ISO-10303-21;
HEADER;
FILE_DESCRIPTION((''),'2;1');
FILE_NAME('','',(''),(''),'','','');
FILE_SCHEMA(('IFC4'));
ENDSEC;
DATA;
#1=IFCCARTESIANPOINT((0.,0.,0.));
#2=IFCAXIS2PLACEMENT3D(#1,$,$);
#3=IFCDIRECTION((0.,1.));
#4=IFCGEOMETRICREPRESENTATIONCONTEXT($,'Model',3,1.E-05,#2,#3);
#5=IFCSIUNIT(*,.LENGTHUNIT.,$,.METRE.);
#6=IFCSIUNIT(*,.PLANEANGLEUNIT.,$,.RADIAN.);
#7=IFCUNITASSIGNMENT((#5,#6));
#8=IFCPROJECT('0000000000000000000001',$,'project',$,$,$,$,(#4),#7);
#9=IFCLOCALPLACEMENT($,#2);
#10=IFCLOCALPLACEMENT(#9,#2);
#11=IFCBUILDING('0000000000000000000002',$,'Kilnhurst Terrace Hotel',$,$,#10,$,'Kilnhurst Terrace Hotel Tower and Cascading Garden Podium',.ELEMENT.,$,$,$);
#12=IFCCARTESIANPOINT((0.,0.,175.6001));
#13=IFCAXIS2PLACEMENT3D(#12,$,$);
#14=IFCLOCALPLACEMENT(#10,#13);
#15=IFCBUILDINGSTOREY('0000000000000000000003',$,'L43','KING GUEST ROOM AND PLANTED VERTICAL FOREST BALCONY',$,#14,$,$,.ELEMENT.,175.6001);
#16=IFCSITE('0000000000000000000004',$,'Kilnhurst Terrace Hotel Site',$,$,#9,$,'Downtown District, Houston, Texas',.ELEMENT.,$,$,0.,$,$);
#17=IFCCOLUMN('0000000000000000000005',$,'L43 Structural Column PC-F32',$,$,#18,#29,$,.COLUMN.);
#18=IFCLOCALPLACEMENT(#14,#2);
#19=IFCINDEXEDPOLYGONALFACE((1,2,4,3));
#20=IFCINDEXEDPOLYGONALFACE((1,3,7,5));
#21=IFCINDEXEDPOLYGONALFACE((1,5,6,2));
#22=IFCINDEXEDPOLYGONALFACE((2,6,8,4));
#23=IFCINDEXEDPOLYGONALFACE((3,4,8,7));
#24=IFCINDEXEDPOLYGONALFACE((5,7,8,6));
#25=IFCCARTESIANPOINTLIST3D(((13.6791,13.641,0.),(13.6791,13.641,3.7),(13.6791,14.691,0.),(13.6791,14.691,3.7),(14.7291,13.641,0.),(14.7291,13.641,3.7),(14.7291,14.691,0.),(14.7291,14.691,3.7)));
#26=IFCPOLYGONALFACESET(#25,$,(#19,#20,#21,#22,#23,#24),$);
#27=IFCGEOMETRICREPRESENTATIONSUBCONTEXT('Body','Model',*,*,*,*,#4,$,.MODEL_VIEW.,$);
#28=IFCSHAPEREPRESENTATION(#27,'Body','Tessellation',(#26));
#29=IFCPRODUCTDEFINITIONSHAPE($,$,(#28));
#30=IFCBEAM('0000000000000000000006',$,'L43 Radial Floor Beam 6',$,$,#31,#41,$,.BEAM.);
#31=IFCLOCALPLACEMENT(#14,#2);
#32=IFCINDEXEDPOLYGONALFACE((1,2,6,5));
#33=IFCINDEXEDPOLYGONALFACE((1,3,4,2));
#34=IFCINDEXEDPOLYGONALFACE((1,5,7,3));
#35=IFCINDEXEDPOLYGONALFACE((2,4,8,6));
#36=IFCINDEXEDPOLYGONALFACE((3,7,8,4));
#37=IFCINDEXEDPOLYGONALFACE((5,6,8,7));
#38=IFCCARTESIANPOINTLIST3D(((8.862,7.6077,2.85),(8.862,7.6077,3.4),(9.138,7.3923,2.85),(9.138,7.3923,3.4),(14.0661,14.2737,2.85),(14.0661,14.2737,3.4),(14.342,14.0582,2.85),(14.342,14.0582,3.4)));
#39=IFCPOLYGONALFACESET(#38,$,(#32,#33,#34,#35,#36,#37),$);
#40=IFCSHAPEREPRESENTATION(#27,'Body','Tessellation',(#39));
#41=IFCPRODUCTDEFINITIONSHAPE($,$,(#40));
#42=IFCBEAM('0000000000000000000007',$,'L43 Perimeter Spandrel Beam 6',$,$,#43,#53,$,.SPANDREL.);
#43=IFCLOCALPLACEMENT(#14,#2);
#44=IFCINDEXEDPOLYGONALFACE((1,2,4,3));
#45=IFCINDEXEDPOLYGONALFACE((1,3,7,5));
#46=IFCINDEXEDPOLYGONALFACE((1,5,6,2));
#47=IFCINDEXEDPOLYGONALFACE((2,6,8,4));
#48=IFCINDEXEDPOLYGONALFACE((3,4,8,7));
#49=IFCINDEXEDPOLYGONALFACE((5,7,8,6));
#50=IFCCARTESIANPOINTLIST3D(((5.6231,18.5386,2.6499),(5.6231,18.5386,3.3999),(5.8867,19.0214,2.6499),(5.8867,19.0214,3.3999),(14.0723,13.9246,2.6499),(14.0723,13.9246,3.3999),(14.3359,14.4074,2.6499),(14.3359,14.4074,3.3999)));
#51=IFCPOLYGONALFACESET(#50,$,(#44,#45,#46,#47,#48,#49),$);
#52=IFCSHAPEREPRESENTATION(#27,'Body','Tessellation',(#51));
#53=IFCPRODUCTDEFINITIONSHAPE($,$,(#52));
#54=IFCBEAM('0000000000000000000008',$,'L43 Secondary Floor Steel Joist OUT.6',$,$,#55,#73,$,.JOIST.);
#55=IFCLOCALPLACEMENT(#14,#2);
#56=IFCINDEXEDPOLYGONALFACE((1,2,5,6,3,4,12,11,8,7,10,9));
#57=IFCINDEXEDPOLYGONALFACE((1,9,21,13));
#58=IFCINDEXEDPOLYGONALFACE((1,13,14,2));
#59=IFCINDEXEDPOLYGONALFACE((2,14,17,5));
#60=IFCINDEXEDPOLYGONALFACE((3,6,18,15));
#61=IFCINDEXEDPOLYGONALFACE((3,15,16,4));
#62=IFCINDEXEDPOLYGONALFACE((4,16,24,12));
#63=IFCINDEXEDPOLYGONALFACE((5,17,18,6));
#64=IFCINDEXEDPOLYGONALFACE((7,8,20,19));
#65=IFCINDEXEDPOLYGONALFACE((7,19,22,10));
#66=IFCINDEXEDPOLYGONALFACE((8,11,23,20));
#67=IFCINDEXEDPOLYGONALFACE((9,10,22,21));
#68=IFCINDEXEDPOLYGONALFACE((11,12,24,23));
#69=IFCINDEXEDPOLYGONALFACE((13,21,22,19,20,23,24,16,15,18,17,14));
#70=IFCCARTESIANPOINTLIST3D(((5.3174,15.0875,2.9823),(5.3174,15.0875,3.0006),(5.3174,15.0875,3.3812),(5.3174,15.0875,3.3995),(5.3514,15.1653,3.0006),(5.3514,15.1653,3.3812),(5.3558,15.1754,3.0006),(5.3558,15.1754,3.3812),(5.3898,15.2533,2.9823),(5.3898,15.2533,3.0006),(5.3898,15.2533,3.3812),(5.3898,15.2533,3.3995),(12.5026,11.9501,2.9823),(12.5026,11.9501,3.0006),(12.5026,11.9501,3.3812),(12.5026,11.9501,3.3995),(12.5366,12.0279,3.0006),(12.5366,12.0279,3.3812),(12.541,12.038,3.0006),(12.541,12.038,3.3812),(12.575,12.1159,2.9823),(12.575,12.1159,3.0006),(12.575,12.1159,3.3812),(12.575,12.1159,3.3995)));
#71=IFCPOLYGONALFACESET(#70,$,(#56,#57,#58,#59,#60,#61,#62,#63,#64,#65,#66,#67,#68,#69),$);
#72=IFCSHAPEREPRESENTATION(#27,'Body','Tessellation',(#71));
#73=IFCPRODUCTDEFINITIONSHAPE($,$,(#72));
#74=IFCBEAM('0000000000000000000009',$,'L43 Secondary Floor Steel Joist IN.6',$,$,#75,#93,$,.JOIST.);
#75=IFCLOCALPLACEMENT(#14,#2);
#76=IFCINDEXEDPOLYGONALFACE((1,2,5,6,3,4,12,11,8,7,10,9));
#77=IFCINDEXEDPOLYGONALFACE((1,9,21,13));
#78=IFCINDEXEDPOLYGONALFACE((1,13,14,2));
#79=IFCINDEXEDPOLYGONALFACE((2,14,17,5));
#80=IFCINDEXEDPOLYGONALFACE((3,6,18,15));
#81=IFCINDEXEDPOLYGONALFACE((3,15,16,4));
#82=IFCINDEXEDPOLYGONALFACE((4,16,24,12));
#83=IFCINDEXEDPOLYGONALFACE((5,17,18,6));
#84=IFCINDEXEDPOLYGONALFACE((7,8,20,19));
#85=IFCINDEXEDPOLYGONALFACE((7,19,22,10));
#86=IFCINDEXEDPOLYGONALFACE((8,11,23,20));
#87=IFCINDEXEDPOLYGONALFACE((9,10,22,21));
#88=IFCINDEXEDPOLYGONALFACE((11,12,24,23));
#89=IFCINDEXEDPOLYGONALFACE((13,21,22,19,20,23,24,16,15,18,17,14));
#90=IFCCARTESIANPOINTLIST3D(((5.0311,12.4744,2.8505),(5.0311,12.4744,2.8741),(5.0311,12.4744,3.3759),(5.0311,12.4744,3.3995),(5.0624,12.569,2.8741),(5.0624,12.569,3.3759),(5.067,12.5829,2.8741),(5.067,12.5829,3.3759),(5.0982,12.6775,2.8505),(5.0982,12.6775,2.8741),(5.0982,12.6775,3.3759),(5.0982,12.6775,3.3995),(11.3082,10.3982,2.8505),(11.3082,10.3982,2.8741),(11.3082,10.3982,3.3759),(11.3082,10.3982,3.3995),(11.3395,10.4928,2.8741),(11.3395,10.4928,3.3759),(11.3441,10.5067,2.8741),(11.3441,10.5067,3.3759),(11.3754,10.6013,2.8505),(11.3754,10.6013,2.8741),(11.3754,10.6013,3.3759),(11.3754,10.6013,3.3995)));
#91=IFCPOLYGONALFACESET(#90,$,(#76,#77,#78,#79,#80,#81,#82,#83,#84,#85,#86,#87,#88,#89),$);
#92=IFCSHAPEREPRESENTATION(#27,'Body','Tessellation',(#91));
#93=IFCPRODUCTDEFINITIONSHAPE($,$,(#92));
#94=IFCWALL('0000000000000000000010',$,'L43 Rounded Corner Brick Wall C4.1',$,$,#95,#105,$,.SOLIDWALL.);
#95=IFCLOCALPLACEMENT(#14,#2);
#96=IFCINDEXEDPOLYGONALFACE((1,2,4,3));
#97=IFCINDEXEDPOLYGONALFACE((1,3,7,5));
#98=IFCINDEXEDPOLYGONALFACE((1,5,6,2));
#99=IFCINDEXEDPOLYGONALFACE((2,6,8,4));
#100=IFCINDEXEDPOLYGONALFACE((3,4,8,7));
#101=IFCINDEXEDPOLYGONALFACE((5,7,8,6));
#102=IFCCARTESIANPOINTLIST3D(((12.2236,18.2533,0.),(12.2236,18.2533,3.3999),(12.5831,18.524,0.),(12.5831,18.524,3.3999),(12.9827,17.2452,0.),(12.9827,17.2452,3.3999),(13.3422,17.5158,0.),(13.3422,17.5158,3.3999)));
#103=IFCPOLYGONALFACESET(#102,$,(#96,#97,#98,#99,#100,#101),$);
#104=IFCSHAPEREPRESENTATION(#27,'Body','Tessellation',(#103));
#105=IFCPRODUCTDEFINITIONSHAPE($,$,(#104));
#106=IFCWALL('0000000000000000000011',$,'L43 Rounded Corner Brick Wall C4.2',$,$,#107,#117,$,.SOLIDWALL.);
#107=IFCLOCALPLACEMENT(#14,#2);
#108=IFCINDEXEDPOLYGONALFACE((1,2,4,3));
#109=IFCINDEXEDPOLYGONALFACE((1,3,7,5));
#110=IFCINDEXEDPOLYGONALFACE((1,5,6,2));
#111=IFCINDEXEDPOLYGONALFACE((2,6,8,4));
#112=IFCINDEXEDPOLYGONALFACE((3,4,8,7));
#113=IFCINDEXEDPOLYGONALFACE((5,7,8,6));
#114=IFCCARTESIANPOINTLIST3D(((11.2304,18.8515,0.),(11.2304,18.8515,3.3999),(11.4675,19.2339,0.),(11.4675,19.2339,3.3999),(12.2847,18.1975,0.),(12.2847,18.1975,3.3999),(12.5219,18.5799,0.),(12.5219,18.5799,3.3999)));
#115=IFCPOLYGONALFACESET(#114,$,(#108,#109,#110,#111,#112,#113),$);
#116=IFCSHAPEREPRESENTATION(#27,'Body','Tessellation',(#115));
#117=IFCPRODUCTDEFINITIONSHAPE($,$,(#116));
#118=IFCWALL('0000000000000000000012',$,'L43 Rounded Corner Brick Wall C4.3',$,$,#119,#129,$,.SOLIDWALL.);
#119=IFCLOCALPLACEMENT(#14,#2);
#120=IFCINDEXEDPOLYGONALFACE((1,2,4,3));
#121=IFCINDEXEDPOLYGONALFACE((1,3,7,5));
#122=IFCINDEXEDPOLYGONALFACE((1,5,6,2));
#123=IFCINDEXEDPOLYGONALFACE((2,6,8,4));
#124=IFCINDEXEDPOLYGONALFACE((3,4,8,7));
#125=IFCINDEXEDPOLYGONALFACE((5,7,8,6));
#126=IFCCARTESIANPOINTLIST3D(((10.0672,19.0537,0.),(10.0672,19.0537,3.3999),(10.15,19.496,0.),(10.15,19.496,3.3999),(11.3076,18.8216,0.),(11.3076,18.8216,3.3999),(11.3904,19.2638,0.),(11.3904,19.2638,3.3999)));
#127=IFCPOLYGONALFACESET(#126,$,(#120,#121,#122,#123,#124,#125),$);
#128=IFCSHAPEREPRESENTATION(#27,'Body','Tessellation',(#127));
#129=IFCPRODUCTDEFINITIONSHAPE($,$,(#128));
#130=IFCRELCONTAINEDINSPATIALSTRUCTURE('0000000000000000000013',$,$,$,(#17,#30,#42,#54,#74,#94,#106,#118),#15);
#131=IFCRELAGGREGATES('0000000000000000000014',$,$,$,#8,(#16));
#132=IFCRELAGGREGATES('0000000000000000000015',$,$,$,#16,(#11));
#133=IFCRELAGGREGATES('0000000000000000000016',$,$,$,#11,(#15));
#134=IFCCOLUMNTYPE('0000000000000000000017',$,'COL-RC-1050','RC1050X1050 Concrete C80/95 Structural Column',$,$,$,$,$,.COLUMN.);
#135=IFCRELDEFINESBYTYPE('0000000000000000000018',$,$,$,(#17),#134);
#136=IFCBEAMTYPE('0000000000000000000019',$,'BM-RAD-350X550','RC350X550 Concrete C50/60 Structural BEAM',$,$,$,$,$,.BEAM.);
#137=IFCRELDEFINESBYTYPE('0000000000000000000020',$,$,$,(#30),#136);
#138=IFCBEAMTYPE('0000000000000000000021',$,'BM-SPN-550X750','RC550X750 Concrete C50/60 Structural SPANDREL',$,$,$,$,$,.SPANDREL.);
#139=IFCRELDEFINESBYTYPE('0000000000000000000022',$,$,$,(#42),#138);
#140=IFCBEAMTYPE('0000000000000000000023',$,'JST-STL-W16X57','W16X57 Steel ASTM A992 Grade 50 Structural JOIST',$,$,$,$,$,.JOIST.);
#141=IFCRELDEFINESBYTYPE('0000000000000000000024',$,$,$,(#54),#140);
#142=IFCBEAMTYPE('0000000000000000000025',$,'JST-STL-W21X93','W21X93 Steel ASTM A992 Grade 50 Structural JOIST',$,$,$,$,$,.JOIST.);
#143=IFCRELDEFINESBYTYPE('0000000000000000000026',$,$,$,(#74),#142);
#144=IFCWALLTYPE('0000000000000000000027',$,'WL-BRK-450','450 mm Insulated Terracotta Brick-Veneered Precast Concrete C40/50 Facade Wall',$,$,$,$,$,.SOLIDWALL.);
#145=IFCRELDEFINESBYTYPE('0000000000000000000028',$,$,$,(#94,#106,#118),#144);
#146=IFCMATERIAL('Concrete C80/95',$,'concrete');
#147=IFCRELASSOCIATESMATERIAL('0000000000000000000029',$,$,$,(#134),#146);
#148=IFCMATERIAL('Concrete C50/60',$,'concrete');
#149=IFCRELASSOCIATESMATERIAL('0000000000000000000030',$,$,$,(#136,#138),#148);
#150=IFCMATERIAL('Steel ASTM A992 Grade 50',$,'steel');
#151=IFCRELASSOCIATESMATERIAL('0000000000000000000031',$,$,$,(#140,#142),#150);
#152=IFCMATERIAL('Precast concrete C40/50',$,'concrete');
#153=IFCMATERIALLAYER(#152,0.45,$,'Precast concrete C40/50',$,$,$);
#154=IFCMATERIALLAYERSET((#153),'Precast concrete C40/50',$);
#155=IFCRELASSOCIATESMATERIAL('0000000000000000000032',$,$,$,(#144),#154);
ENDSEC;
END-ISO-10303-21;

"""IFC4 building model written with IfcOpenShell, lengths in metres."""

from ifc_helpers import new_model, si_unit, direction, frame, frame_2d, origin, origin_2d, place, context, subcontext, project, spatial, rectangle, i_section, extrude, material, layer, layer_set, material_profile, profile_set, type_object, element, save


model = new_model("IFC4")

# Units and contexts
model_context = context("Model", 3, precision=1e-05, world=origin(), true_north=direction((0.0, 1.0)))
body_context = subcontext(model_context, "Body", "Model", "MODEL_VIEW")
ifc_project = project(units=[si_unit("LENGTHUNIT", "METRE"), si_unit("PLANEANGLEUNIT", "RADIAN")], contexts=[model_context])

# Site, building, storey
site_placement = place(None, origin())
site = spatial("IfcSite", under=ifc_project, at=site_placement, Name="Kilnhurst Terrace Hotel Site", LongName="Downtown District, Houston, Texas", CompositionType="ELEMENT", RefElevation=0.0)
building_placement = place(site_placement, origin())
building = spatial("IfcBuilding", under=site, at=building_placement, Name="Kilnhurst Terrace Hotel", LongName="Kilnhurst Terrace Hotel Tower and Cascading Garden Podium", CompositionType="ELEMENT")
storey_placement = place(building_placement, frame((0.0, 0.0, 175.6001)))
storey = spatial("IfcBuildingStorey", under=building, at=storey_placement, Name="L43", Description="KING GUEST ROOM AND PLANTED VERTICAL FOREST BALCONY", CompositionType="ELEMENT", Elevation=175.6001)

# Column
ifc_material_1 = material(Name="Concrete C80/95", Category="concrete")
ifc_material_profile_1 = material_profile(ifc_material_1, rectangle(XDim=1.05, YDim=1.05, at=origin_2d()), Name="RC1050X1050")
ifc_profile_set_1 = profile_set([ifc_material_profile_1], Name="Concrete C80/95")
column_type = type_object("IfcColumnType", Name="COL-RC-1050", Description="RC1050X1050 Concrete C80/95 Structural Column", PredefinedType="COLUMN", material=ifc_profile_set_1)
column_placement = place(storey_placement, frame((14.2041, 14.166, 0.0), z_axis=(0.0, 0.0, 1.0), x_axis=(1.0, 0.0, 0.0)))
element("IfcColumn", 1, at=column_placement, inside=storey, type_object=column_type, Name="L43 Structural Column PC-F32", PredefinedType="COLUMN", context=body_context, shape_type="SweptSolid", body=[
    extrude(rectangle(XDim=1.05, YDim=1.05, at=origin_2d()), origin(), (0.0, 0.0, 1.0), 3.7),
])

# Beams
ifc_material_2 = material(Name="Concrete C50/60", Category="concrete")
ifc_material_profile_2 = material_profile(ifc_material_2, rectangle(XDim=0.3501, YDim=0.55, at=origin_2d()), Name="RC350X550")
ifc_profile_set_2 = profile_set([ifc_material_profile_2], Name="Concrete C50/60")
beam_type_1 = type_object("IfcBeamType", Name="BM-RAD-350X550", Description="RC350X550 Concrete C50/60 Structural BEAM", PredefinedType="BEAM", material=ifc_profile_set_2)
beam_1_placement = place(storey_placement, frame((9.0, 7.5, 3.125), z_axis=(0.615371, 0.788238, 0.0), x_axis=(-0.788238, 0.615371, 0.0)))
element("IfcBeam", 2, at=beam_1_placement, inside=storey, type_object=beam_type_1, Name="L43 Radial Floor Beam 6", PredefinedType="BEAM", context=body_context, shape_type="SweptSolid", body=[
    extrude(rectangle(XDim=0.3501, YDim=0.55, at=origin_2d()), origin(), (0.0, 0.0, 1.0), 8.4568),
])
ifc_material_profile_3 = material_profile(ifc_material_2, rectangle(XDim=0.55, YDim=0.75, at=origin_2d()), Name="RC550X750")
ifc_profile_set_3 = profile_set([ifc_material_profile_3], Name="Concrete C50/60")
beam_type_2 = type_object("IfcBeamType", Name="BM-SPN-550X750", Description="RC550X750 Concrete C50/60 Structural SPANDREL", PredefinedType="SPANDREL", material=ifc_profile_set_3)
beam_2_placement = place(storey_placement, frame((14.2041, 14.166, 3.0249), z_axis=(-0.877662, 0.47928, 0.0), x_axis=(-0.47928, -0.877662, 0.0)))
element("IfcBeam", 3, at=beam_2_placement, inside=storey, type_object=beam_type_2, Name="L43 Perimeter Spandrel Beam 6", PredefinedType="SPANDREL", context=body_context, shape_type="SweptSolid", body=[
    extrude(rectangle(XDim=0.55, YDim=0.75, at=origin_2d()), origin(), (0.0, 0.0, 1.0), 9.627),
])
ifc_material_3 = material(Name="Steel ASTM A992 Grade 50", Category="steel")
ifc_material_profile_4 = material_profile(ifc_material_3, i_section(OverallWidth=0.1809, OverallDepth=0.4172, WebThickness=0.011, FlangeThickness=0.0183, at=origin_2d()), Name="W16X57")
ifc_profile_set_4 = profile_set([ifc_material_profile_4], Name="Steel ASTM A992 Grade 50")
beam_type_3 = type_object("IfcBeamType", Name="JST-STL-W16X57", Description="W16X57 Steel ASTM A992 Grade 50 Structural JOIST", PredefinedType="JOIST", material=ifc_profile_set_4)
beam_3_placement = place(storey_placement, frame((12.5388, 12.033, 3.1909), z_axis=(-0.916444, 0.400164, 0.0), x_axis=(-0.400164, -0.916444, 0.0)))
element("IfcBeam", 4, at=beam_3_placement, inside=storey, type_object=beam_type_3, Name="L43 Secondary Floor Steel Joist OUT.6", PredefinedType="JOIST", context=body_context, shape_type="SweptSolid", body=[
    extrude(i_section(OverallWidth=0.1809, OverallDepth=0.4172, WebThickness=0.011, FlangeThickness=0.0183, at=origin_2d()), origin(), (0.0, 0.0, 1.0), 7.8403),
])
ifc_material_profile_5 = material_profile(ifc_material_3, i_section(OverallWidth=0.2139, OverallDepth=0.5491, WebThickness=0.0146, FlangeThickness=0.0237, at=origin_2d()), Name="W21X93")
ifc_profile_set_5 = profile_set([ifc_material_profile_5], Name="Steel ASTM A992 Grade 50")
beam_type_4 = type_object("IfcBeamType", Name="JST-STL-W21X93", Description="W21X93 Steel ASTM A992 Grade 50 Structural JOIST", PredefinedType="JOIST", material=ifc_profile_set_5)
beam_4_placement = place(storey_placement, frame((11.3418, 10.4998, 3.125), z_axis=(-0.949416, 0.314022, 0.0), x_axis=(-0.314022, -0.949416, 0.0)))
element("IfcBeam", 5, at=beam_4_placement, inside=storey, type_object=beam_type_4, Name="L43 Secondary Floor Steel Joist IN.6", PredefinedType="JOIST", context=body_context, shape_type="SweptSolid", body=[
    extrude(i_section(OverallWidth=0.2139, OverallDepth=0.5491, WebThickness=0.0146, FlangeThickness=0.0237, at=origin_2d()), origin(), (0.0, 0.0, 1.0), 6.6116),
])

# Walls
ifc_material_4 = material(Name="Precast concrete C40/50", Category="concrete")
ifc_layer_1 = layer(ifc_material_4, 0.45, Name="Precast concrete C40/50")
ifc_layer_set_1 = layer_set([ifc_layer_1], Name="Precast concrete C40/50")
wall_type_1 = type_object("IfcWallType", Name="WL-BRK-450", Description="450 mm Insulated Terracotta Brick-Veneered Precast Concrete C40/50 Facade Wall", PredefinedType="SOLIDWALL", material=ifc_layer_set_1)
wall_1_placement = place(storey_placement, frame((13.1624, 17.3806, 0.0), z_axis=(0.0, 0.0, 1.0), x_axis=(-0.601516, 0.798861, 0.0)))
element("IfcWall", 6, at=wall_1_placement, inside=storey, type_object=wall_type_1, Name="L43 Rounded Corner Brick Wall C4.1", PredefinedType="SOLIDWALL", context=body_context, shape_type="SweptSolid", body=[
    extrude(rectangle(XDim=1.262, YDim=0.45, at=frame_2d((0.6309, 0.0))), origin(), (0.0, 0.0, 1.0), 3.3999),
])
wall_2_placement = place(storey_placement, frame((12.4033, 18.3887, 0.0), z_axis=(0.0, 0.0, 1.0), x_axis=(-0.849795, 0.527113, 0.0)))
element("IfcWall", 7, at=wall_2_placement, inside=storey, type_object=wall_type_1, Name="L43 Rounded Corner Brick Wall C4.2", PredefinedType="SOLIDWALL", context=body_context, shape_type="SweptSolid", body=[
    extrude(rectangle(XDim=1.2407, YDim=0.45, at=frame_2d((0.6204, 0.0))), origin(), (0.0, 0.0, 1.0), 3.3999),
])
wall_3_placement = place(storey_placement, frame((11.3489, 19.0427, 0.0), z_axis=(0.0, 0.0, 1.0), x_axis=(-0.982931, 0.183973, 0.0)))
element("IfcWall", 8, at=wall_3_placement, inside=storey, type_object=wall_type_1, Name="L43 Rounded Corner Brick Wall C4.3", PredefinedType="SOLIDWALL", context=body_context, shape_type="SweptSolid", body=[
    extrude(rectangle(XDim=1.262, YDim=0.45, at=frame_2d((0.6309, 0.0))), origin(), (0.0, 0.0, 1.0), 3.3999),
])

save(model, "model.ifc")
